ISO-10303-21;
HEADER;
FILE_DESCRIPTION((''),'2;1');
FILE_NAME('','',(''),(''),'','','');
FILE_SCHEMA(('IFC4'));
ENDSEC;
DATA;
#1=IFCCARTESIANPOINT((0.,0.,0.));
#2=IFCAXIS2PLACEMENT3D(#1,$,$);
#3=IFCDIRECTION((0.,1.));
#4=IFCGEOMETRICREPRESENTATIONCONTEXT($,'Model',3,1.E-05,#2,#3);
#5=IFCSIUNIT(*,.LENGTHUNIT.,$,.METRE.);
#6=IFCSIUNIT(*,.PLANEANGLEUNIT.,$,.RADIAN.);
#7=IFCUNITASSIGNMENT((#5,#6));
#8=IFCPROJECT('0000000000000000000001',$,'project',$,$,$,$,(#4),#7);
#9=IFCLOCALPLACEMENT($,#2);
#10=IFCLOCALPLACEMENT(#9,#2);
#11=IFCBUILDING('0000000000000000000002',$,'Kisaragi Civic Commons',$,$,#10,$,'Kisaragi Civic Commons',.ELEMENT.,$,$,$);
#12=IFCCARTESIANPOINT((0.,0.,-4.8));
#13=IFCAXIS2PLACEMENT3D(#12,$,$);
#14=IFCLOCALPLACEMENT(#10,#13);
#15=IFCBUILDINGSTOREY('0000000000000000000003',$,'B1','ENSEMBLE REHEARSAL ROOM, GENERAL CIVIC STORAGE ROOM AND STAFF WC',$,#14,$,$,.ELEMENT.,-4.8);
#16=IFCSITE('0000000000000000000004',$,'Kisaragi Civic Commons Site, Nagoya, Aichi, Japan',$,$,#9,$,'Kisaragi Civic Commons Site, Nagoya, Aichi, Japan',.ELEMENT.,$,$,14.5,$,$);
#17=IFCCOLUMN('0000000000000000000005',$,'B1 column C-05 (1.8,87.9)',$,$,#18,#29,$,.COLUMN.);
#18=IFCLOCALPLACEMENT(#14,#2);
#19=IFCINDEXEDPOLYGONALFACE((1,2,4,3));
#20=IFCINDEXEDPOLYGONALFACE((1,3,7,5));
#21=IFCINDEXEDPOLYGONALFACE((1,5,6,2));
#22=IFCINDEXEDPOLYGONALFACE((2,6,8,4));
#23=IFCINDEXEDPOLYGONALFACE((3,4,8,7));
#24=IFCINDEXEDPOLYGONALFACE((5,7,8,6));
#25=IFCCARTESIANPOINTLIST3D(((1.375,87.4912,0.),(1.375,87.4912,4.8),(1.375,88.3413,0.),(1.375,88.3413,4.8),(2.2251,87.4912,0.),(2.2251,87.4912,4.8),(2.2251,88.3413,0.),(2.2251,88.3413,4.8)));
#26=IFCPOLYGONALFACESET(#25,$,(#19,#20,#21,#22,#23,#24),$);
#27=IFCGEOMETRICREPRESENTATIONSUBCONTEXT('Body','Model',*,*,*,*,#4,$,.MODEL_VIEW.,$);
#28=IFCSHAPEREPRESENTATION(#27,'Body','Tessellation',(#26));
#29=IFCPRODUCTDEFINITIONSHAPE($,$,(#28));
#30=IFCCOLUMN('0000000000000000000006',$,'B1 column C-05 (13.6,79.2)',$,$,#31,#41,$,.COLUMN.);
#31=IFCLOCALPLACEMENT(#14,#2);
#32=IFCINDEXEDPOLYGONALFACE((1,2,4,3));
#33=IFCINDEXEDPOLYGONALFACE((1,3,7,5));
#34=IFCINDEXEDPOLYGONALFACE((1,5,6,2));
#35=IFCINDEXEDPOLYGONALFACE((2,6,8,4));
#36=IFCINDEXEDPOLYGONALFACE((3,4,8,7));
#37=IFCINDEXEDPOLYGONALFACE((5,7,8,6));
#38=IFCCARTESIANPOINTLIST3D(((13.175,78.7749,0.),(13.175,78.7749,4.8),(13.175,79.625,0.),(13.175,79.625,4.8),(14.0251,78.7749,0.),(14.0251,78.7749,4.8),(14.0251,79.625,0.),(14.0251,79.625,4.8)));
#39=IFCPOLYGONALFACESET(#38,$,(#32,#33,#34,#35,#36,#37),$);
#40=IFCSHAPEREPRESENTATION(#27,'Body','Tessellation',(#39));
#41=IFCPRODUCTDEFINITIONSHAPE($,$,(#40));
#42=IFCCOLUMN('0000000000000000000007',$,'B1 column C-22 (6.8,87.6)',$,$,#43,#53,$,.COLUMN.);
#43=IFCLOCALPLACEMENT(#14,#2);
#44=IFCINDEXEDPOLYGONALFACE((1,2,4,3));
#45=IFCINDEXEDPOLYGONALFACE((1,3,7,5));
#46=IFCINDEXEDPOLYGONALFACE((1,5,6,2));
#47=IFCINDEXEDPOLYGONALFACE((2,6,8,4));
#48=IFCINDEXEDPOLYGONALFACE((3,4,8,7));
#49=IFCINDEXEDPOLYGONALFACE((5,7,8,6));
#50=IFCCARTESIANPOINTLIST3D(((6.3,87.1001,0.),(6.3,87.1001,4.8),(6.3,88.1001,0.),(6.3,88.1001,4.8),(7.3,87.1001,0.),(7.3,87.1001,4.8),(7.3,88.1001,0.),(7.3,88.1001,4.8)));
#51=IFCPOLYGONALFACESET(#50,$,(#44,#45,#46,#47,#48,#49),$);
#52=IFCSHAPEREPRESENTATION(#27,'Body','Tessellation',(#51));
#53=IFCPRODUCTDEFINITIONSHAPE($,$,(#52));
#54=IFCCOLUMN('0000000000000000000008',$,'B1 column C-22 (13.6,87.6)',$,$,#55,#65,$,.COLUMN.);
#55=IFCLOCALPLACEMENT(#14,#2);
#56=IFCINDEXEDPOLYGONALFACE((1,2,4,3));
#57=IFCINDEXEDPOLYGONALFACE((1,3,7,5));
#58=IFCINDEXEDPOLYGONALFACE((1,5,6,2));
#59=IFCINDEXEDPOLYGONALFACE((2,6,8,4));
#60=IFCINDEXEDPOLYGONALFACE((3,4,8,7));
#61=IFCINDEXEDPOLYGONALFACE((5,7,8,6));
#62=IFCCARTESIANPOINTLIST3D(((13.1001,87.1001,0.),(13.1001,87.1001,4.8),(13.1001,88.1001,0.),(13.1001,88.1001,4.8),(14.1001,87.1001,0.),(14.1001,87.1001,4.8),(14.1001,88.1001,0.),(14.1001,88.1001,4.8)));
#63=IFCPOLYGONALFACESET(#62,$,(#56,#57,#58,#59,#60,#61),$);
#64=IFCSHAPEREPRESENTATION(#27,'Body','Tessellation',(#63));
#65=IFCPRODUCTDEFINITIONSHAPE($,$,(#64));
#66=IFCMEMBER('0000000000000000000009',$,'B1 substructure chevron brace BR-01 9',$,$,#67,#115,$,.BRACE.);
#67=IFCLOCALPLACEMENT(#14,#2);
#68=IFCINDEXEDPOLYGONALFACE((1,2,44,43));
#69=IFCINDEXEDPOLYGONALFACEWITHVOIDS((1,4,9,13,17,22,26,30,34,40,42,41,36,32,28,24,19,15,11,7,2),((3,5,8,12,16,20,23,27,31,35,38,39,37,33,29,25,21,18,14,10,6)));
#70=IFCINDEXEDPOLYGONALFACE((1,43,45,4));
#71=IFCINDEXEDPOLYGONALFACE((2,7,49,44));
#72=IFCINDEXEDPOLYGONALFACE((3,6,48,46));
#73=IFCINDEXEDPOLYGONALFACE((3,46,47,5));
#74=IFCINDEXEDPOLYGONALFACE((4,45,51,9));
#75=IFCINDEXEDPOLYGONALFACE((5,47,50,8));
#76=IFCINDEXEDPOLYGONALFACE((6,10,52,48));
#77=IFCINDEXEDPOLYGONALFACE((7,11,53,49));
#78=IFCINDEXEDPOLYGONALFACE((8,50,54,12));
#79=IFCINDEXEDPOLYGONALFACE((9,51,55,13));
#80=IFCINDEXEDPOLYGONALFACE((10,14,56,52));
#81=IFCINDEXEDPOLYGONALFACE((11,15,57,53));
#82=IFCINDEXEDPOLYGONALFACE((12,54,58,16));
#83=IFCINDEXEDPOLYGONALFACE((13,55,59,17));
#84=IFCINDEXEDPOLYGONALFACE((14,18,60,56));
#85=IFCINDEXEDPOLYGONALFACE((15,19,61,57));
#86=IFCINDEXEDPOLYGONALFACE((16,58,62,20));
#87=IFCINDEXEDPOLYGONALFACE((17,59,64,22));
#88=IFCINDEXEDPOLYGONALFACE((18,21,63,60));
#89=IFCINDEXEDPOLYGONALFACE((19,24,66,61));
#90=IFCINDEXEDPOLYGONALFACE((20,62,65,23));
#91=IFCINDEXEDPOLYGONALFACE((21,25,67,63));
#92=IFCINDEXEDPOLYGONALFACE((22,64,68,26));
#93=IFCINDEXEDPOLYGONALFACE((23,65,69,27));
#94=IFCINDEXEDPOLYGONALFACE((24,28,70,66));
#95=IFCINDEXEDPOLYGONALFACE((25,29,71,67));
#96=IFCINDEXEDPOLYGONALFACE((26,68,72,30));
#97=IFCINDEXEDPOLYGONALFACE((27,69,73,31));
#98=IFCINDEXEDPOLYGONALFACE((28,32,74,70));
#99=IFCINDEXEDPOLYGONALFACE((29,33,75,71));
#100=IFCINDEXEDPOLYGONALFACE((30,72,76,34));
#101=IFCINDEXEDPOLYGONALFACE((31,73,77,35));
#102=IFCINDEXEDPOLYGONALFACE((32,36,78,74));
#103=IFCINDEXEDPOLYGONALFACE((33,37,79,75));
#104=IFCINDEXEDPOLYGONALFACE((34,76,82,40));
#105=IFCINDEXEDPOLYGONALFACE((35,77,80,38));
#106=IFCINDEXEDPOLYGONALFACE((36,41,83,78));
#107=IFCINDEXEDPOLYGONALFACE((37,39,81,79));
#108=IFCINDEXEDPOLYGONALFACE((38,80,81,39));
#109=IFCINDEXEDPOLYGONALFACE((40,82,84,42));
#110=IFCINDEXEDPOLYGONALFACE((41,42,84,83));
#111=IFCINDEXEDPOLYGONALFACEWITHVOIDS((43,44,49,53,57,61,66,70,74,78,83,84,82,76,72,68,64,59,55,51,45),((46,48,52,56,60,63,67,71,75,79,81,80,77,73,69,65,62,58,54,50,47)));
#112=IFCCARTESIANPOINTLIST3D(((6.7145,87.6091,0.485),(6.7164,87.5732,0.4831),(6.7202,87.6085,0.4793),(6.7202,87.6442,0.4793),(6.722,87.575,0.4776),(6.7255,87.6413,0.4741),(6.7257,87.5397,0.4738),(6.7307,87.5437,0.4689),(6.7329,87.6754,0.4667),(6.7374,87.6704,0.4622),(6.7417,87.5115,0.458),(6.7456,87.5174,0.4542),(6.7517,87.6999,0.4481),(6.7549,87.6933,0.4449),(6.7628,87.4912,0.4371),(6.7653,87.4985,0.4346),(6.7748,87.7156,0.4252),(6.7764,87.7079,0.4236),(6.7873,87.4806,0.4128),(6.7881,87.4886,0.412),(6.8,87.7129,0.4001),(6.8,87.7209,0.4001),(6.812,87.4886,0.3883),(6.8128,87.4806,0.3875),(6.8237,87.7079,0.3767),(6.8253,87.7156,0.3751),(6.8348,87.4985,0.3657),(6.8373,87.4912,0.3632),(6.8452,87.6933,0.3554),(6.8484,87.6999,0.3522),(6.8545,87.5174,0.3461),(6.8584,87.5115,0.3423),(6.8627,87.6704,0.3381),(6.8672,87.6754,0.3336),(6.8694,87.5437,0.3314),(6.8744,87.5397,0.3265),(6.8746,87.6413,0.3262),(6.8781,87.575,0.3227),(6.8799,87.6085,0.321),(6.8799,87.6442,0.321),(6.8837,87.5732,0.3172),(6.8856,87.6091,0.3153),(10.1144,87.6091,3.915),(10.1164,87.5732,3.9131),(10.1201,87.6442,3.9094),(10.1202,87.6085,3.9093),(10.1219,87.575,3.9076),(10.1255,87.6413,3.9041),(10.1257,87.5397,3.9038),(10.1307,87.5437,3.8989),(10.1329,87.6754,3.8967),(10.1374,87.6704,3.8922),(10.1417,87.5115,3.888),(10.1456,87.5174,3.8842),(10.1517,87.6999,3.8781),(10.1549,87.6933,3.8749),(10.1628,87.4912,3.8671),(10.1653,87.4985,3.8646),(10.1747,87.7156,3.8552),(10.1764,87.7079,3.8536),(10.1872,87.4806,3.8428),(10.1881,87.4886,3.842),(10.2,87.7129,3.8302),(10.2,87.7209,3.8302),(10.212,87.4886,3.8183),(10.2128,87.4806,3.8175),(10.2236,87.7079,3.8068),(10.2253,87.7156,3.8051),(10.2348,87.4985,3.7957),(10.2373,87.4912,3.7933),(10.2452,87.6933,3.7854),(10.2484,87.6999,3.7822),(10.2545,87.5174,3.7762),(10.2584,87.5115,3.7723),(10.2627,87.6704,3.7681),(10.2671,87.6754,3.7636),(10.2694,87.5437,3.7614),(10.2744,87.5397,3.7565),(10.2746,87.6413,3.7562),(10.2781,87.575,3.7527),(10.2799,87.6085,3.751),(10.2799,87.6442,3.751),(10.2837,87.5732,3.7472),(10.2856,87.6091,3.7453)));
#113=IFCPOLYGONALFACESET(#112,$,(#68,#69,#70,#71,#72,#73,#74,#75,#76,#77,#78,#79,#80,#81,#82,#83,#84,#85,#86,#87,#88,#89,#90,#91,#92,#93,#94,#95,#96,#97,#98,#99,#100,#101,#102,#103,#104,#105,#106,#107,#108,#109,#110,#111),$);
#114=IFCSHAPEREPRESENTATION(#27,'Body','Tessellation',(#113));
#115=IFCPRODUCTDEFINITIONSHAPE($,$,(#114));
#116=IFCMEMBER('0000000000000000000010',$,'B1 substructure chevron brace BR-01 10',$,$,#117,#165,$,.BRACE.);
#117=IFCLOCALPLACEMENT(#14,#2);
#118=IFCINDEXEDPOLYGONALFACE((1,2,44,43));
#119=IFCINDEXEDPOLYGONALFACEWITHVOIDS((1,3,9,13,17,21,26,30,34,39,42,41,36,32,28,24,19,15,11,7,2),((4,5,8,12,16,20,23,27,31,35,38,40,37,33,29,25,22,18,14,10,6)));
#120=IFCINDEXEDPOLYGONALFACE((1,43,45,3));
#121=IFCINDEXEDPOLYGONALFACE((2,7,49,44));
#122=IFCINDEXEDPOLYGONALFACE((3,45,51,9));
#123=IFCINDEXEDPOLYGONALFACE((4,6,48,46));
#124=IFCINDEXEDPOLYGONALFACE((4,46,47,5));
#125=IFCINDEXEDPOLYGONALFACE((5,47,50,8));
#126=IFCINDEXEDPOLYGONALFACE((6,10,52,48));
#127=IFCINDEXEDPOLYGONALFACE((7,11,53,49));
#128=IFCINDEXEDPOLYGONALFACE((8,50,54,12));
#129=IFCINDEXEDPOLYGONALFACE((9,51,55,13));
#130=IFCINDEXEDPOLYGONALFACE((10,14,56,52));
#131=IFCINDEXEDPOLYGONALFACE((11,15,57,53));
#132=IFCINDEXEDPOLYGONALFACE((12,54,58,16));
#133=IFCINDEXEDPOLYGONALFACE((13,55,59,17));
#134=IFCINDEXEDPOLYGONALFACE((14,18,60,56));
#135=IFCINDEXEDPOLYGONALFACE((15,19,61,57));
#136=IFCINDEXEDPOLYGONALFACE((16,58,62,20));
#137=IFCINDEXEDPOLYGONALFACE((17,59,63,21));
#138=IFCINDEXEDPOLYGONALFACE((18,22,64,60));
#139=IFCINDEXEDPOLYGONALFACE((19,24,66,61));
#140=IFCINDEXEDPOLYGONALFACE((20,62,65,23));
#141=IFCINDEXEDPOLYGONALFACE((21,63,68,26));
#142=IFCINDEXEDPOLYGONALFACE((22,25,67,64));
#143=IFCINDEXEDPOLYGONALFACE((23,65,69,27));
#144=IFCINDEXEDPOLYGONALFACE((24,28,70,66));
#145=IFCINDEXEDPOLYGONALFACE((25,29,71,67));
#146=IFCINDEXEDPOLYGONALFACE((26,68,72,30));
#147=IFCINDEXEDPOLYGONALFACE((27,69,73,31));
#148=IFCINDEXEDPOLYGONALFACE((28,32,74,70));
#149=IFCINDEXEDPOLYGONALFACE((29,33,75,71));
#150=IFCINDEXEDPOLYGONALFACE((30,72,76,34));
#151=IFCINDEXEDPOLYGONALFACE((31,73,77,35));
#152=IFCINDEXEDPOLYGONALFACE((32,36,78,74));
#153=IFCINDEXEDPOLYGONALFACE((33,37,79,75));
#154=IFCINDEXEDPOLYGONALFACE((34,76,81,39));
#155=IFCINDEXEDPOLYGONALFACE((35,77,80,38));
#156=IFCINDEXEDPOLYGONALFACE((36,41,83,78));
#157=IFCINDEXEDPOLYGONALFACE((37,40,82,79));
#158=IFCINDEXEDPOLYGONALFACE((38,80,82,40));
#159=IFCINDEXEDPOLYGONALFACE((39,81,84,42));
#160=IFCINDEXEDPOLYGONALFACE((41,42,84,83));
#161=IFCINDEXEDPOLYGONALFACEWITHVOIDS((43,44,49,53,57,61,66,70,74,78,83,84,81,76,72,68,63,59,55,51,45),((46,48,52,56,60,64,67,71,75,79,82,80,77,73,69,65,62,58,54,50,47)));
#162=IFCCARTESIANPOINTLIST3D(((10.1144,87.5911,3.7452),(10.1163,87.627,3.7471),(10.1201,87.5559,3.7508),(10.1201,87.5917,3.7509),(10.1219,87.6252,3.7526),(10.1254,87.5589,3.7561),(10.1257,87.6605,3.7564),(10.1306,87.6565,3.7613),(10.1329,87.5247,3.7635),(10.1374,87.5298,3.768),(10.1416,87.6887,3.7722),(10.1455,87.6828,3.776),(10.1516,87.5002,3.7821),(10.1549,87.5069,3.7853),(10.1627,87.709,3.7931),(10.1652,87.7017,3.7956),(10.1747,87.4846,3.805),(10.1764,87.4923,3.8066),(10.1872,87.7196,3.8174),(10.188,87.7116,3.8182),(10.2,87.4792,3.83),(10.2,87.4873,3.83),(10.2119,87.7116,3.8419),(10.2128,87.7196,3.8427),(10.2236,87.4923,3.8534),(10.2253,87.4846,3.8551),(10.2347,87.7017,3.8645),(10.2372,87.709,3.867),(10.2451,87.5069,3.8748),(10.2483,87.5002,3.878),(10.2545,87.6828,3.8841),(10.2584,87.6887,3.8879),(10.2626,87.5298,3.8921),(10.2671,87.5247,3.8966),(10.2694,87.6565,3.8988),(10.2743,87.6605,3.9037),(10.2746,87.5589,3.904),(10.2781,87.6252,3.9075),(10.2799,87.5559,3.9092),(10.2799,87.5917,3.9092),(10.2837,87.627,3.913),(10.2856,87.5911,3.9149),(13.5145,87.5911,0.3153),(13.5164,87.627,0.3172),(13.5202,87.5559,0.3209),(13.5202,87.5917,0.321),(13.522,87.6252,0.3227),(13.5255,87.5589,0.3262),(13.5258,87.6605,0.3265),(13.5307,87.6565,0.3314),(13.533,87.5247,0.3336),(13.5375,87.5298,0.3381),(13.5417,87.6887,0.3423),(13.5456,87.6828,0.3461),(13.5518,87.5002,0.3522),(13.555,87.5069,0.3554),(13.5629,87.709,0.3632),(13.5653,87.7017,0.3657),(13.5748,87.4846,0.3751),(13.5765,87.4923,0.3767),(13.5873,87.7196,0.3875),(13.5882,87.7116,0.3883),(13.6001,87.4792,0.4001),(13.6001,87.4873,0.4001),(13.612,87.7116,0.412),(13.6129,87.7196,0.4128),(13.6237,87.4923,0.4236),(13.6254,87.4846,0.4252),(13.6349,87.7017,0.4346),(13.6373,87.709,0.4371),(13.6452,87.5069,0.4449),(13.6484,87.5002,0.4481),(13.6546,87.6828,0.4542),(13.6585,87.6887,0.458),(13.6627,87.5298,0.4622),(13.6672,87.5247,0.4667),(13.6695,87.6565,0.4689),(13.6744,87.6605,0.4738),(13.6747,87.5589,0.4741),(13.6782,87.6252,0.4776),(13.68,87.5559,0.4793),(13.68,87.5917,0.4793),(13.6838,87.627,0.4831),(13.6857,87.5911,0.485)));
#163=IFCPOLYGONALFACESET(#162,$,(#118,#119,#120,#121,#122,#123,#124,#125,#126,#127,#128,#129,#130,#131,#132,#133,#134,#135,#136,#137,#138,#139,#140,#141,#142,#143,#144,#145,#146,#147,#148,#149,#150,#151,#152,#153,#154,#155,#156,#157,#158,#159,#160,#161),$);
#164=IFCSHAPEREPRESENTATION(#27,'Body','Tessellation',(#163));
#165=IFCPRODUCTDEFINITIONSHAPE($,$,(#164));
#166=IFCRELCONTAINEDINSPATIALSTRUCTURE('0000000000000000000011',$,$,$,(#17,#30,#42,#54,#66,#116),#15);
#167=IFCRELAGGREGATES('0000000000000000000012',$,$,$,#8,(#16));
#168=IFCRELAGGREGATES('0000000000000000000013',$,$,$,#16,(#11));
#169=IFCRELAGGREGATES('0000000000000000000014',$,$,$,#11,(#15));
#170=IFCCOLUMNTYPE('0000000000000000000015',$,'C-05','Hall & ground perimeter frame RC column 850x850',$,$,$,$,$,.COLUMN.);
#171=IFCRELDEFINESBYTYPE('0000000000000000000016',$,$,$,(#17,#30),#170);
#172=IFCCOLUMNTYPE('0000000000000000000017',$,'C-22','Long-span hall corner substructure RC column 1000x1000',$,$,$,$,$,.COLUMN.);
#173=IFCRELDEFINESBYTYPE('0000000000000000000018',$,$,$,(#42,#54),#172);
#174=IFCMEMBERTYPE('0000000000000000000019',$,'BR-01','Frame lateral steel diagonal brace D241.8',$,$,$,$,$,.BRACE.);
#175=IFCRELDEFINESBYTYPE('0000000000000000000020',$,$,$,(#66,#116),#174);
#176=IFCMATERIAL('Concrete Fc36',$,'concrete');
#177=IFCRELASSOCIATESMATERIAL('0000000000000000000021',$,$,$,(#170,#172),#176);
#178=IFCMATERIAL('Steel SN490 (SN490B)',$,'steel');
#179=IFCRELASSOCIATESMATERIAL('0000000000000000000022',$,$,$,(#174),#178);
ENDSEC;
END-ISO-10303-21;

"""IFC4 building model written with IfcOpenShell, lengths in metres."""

from ifc_helpers import new_model, si_unit, direction, frame, origin, origin_2d, place, context, subcontext, project, spatial, rectangle, hollow_circle, extrude, material, material_profile, profile_set, type_object, element, save


model = new_model("IFC4")

# Units and contexts
model_context = context("Model", 3, precision=1e-05, world=origin(), true_north=direction((0.0, 1.0)))
body_context = subcontext(model_context, "Body", "Model", "MODEL_VIEW")
ifc_project = project(units=[si_unit("LENGTHUNIT", "METRE"), si_unit("PLANEANGLEUNIT", "RADIAN")], contexts=[model_context])

# Site, building, storey
site_placement = place(None, origin())
site = spatial("IfcSite", under=ifc_project, at=site_placement, Name="Kisaragi Civic Commons Site, Nagoya, Aichi, Japan", LongName="Kisaragi Civic Commons Site, Nagoya, Aichi, Japan", CompositionType="ELEMENT", RefElevation=14.5)
building_placement = place(site_placement, origin())
building = spatial("IfcBuilding", under=site, at=building_placement, Name="Kisaragi Civic Commons", LongName="Kisaragi Civic Commons", CompositionType="ELEMENT")
storey_placement = place(building_placement, frame((0.0, 0.0, -4.8)))
storey = spatial("IfcBuildingStorey", under=building, at=storey_placement, Name="B1", Description="ENSEMBLE REHEARSAL ROOM, GENERAL CIVIC STORAGE ROOM AND STAFF WC", CompositionType="ELEMENT", Elevation=-4.8)

# Shared definitions
ifc_material_1 = material(Name="Concrete Fc36", Category="concrete")

# Columns
ifc_material_profile_1 = material_profile(ifc_material_1, rectangle(XDim=0.8501, YDim=0.8501, at=origin_2d()), Name="RC-850x850", Category="concrete")
ifc_profile_set_1 = profile_set([ifc_material_profile_1], Name="Concrete Fc36")
column_type_1 = type_object("IfcColumnType", Name="C-05", Description="Hall & ground perimeter frame RC column 850x850", PredefinedType="COLUMN", material=ifc_profile_set_1)
for number, where, z_axis, x_axis, name in (
    (1, (1.8, 87.9163, 0.0), (0.0, 0.0, 1.0), (1.0, 0.0, 0.0), "B1 column C-05 (1.8,87.9)"),
    (2, (13.6001, 79.2, 0.0), (0.0, 0.0, 1.0), (1.0, 0.0, 0.0), "B1 column C-05 (13.6,79.2)"),
):
    element("IfcColumn", number, at=place(storey_placement, frame(where, z_axis=z_axis, x_axis=x_axis)), inside=storey, type_object=column_type_1, Name=name, PredefinedType="COLUMN", context=body_context, shape_type="SweptSolid", body=[
        extrude(rectangle(XDim=0.8501, YDim=0.8501, at=origin_2d()), origin(), (0.0, 0.0, 1.0), 4.8),
    ])
ifc_material_profile_2 = material_profile(ifc_material_1, rectangle(XDim=1.0, YDim=1.0, at=origin_2d()), Name="RC-1000x1000", Category="concrete")
ifc_profile_set_2 = profile_set([ifc_material_profile_2], Name="Concrete Fc36")
column_type_2 = type_object("IfcColumnType", Name="C-22", Description="Long-span hall corner substructure RC column 1000x1000", PredefinedType="COLUMN", material=ifc_profile_set_2)
for number, where, z_axis, x_axis, name in (
    (3, (6.8, 87.6001, 0.0), (0.0, 0.0, 1.0), (1.0, 0.0, 0.0), "B1 column C-22 (6.8,87.6)"),
    (4, (13.6001, 87.6001, 0.0), (0.0, 0.0, 1.0), (1.0, 0.0, 0.0), "B1 column C-22 (13.6,87.6)"),
):
    element("IfcColumn", number, at=place(storey_placement, frame(where, z_axis=z_axis, x_axis=x_axis)), inside=storey, type_object=column_type_2, Name=name, PredefinedType="COLUMN", context=body_context, shape_type="SweptSolid", body=[
        extrude(rectangle(XDim=1.0, YDim=1.0, at=origin_2d()), origin(), (0.0, 0.0, 1.0), 4.8),
    ])

# Members
ifc_material_2 = material(Name="Steel SN490 (SN490B)", Category="steel")
ifc_material_profile_3 = material_profile(ifc_material_2, hollow_circle(Radius=0.1208, WallThickness=0.0081, at=origin_2d()), Name="CHS-241.8x8.0", Category="steel")
ifc_profile_set_3 = profile_set([ifc_material_profile_3], Name="Steel SN490 (SN490B)")
member_type = type_object("IfcMemberType", Name="BR-01", Description="Frame lateral steel diagonal brace D241.8", PredefinedType="BRACE", material=ifc_profile_set_3)
for number, where, z_axis, x_axis, name in (
    (5, (6.8, 87.6001, 0.4001), (0.703991, 0.0, 0.710209), (0.0, 1.0, 0.0), "B1 substructure chevron brace BR-01 9"),
    (6, (13.6001, 87.6001, 0.4001), (-0.704016, 0.0, 0.710184), (0.0, -1.0, 0.0), "B1 substructure chevron brace BR-01 10"),
):
    element("IfcMember", number, at=place(storey_placement, frame(where, z_axis=z_axis, x_axis=x_axis)), inside=storey, type_object=member_type, Name=name, PredefinedType="BRACE", context=body_context, shape_type="SweptSolid", body=[
        extrude(hollow_circle(Radius=0.1208, WallThickness=0.0081, at=origin_2d()), origin(), (0.0, 0.0, 1.0), 4.8296),
    ])

save(model, "model.ifc")
